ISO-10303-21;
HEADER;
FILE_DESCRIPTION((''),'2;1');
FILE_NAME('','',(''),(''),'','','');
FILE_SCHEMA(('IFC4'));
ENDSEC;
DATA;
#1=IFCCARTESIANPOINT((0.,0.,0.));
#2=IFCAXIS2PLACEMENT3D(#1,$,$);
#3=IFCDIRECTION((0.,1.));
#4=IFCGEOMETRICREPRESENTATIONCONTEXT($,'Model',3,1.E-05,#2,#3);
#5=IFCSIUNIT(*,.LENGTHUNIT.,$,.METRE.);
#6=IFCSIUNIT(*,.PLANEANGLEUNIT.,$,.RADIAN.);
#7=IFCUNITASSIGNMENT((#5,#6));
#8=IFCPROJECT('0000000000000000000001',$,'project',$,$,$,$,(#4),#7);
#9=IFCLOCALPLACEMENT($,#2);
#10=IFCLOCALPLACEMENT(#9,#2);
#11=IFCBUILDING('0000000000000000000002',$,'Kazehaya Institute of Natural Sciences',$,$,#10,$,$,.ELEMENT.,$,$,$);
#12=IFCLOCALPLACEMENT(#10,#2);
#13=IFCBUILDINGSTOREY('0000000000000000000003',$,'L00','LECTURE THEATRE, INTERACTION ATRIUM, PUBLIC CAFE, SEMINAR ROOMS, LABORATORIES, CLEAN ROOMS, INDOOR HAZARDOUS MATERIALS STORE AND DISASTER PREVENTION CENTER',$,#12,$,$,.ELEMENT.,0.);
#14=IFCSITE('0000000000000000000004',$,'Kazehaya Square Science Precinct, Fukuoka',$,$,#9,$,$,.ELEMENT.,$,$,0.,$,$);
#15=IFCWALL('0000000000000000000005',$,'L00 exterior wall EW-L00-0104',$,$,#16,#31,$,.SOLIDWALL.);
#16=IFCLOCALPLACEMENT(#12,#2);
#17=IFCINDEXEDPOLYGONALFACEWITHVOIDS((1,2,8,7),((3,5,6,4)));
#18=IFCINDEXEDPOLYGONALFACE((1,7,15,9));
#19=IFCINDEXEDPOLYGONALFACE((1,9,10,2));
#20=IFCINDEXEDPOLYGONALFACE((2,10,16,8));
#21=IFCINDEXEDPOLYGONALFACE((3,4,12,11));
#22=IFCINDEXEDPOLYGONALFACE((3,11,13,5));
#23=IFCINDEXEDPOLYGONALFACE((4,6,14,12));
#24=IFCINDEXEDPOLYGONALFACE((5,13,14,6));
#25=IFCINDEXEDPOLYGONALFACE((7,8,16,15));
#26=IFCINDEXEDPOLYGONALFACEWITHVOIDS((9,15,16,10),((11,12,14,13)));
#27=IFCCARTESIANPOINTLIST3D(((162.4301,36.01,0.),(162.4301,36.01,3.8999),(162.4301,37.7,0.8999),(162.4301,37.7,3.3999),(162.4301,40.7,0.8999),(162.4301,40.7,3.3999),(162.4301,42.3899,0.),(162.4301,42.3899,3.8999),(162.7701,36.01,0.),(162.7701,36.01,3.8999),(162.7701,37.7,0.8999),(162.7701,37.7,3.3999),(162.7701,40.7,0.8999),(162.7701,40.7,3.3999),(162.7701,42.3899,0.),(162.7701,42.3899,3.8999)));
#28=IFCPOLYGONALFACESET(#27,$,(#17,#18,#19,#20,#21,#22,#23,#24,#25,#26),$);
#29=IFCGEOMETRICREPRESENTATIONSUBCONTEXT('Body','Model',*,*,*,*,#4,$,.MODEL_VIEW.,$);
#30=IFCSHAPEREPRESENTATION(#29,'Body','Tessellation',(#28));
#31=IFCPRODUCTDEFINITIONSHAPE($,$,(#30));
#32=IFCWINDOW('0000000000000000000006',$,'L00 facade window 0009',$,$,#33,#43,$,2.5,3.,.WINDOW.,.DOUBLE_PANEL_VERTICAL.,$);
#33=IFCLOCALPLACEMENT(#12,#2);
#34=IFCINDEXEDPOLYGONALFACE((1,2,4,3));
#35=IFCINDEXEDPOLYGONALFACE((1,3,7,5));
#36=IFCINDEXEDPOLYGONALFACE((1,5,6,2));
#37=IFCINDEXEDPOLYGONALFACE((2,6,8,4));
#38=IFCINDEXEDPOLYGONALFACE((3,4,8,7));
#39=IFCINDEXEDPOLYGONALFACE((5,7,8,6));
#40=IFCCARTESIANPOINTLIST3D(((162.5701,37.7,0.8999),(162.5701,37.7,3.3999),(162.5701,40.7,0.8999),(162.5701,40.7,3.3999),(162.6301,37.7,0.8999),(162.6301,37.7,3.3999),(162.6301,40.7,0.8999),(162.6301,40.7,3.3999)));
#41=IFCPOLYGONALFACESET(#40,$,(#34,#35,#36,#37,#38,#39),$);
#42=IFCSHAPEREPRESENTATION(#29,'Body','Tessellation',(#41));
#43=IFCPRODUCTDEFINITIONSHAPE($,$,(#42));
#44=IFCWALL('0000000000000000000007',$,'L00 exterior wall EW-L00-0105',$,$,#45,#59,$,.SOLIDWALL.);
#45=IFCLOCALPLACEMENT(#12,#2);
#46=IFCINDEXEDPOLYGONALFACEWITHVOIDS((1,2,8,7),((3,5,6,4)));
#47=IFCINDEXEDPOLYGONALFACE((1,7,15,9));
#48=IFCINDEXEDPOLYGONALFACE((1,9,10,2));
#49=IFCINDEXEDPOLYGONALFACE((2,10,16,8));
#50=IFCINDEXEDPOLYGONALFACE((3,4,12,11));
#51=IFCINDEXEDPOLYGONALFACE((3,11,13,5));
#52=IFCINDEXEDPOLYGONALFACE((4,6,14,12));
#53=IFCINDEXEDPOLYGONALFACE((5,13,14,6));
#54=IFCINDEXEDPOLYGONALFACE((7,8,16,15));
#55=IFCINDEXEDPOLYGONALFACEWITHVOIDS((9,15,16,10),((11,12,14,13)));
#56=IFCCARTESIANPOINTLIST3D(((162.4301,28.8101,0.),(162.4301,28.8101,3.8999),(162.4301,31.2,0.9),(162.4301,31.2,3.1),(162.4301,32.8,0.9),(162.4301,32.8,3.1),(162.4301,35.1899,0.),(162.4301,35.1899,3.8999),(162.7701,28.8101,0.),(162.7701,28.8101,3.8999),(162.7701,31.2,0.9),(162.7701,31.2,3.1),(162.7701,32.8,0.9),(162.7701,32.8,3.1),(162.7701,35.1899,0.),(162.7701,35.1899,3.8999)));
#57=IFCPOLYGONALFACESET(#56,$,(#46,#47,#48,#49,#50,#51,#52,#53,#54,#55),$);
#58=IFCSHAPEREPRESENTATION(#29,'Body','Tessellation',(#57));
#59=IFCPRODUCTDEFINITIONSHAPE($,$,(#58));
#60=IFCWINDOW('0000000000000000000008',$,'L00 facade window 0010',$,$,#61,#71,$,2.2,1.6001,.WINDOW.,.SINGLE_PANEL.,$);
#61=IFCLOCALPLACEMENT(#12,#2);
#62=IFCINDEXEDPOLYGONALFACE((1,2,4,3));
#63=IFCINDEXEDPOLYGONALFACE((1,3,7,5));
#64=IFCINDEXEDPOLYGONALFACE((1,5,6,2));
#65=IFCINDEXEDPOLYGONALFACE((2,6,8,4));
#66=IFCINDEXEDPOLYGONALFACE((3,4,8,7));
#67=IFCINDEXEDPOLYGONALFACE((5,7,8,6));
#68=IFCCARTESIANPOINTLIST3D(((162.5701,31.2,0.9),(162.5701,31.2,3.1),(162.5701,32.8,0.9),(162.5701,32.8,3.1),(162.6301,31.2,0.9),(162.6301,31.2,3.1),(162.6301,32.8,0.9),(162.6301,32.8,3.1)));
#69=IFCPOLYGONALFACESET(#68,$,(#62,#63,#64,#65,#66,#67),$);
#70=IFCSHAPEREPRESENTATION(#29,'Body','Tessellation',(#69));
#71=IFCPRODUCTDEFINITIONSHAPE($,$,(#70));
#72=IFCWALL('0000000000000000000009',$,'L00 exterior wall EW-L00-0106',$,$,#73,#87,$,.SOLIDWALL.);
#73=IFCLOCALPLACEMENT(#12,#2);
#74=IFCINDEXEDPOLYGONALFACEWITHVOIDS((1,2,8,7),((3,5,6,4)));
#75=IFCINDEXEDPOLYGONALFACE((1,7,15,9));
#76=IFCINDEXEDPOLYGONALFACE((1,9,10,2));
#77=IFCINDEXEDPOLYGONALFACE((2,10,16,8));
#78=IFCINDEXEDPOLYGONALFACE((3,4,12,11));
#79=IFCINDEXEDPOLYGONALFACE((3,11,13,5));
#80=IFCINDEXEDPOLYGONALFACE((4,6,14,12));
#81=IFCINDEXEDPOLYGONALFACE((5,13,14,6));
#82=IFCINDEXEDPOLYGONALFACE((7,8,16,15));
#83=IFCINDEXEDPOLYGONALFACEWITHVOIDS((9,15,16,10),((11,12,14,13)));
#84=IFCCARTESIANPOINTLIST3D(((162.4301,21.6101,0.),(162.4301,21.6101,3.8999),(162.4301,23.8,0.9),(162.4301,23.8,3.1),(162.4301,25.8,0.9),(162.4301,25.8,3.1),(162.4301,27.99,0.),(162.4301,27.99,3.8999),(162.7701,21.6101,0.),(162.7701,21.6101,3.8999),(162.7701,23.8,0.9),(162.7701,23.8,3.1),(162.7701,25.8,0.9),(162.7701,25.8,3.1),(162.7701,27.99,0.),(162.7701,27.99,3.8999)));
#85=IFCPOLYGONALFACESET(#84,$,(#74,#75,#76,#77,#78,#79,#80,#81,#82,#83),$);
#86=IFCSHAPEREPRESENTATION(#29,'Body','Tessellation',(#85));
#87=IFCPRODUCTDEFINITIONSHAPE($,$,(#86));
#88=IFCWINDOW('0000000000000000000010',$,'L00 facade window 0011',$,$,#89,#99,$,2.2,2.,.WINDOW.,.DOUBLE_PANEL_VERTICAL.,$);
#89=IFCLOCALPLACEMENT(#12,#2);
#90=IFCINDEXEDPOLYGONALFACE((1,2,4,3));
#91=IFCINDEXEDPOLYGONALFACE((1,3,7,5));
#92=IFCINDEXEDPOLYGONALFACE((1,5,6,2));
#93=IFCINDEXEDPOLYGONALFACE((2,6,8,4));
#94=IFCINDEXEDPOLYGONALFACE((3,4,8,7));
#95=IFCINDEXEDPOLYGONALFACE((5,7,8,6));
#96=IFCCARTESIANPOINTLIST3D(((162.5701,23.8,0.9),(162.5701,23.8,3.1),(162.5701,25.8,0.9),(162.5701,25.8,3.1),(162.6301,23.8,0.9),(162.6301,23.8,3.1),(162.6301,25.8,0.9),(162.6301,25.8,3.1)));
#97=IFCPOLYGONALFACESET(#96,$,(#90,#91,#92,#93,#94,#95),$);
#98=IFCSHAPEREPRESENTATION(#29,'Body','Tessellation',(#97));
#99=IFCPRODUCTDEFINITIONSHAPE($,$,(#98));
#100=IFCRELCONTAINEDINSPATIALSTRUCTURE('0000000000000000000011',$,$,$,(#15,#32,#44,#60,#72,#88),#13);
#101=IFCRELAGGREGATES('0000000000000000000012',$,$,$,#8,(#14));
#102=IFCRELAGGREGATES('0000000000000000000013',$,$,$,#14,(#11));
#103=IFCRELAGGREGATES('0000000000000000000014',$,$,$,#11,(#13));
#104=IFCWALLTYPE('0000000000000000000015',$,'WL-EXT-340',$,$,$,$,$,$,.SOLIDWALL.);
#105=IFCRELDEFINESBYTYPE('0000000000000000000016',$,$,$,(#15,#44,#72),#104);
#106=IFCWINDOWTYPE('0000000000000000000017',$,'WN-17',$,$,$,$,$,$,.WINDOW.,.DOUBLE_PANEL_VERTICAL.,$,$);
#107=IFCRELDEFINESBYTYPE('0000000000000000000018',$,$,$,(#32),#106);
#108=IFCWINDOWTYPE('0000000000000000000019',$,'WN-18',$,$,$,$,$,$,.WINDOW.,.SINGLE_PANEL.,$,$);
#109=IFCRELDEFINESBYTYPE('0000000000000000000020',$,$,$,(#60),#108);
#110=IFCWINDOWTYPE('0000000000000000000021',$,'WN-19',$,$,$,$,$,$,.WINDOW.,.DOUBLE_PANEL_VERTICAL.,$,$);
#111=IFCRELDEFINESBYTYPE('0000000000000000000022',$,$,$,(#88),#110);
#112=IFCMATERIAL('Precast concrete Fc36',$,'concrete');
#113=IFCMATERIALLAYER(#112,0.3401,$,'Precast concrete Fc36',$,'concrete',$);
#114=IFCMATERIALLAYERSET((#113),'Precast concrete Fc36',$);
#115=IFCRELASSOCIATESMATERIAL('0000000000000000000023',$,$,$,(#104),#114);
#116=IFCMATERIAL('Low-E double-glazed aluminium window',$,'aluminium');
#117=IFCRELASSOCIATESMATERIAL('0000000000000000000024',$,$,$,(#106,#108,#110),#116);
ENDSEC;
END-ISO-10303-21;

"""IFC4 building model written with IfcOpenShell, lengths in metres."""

from ifc_helpers import new_model, si_unit, direction, frame, frame_2d, origin, place, context, subcontext, project, spatial, rectangle, extrude, material, layer, layer_set, type_object, element, fill, save


model = new_model("IFC4")

# Units and contexts
model_context = context("Model", 3, precision=1e-05, world=origin(), true_north=direction((0.0, 1.0)))
body_context = subcontext(model_context, "Body", "Model", "MODEL_VIEW")
ifc_project = project(units=[si_unit("LENGTHUNIT", "METRE"), si_unit("PLANEANGLEUNIT", "RADIAN")], contexts=[model_context])

# Site, building, storey
site_placement = place(None, origin())
site = spatial("IfcSite", under=ifc_project, at=site_placement, Name="Kazehaya Square Science Precinct, Fukuoka", CompositionType="ELEMENT", RefElevation=0.0)
building_placement = place(site_placement, origin())
building = spatial("IfcBuilding", under=site, at=building_placement, Name="Kazehaya Institute of Natural Sciences", CompositionType="ELEMENT")
storey_placement = place(building_placement, origin())
storey = spatial("IfcBuildingStorey", under=building, at=storey_placement, Name="L00", Description="LECTURE THEATRE, INTERACTION ATRIUM, PUBLIC CAFE, SEMINAR ROOMS, LABORATORIES, CLEAN ROOMS, INDOOR HAZARDOUS MATERIALS STORE AND DISASTER PREVENTION CENTER", CompositionType="ELEMENT", Elevation=0.0)

# Walls, openings, windows
ifc_material_1 = material(Name="Precast concrete Fc36", Category="concrete")
ifc_layer = layer(ifc_material_1, 0.3401, Name="Precast concrete Fc36", Category="concrete")
ifc_layer_set = layer_set([ifc_layer], Name="Precast concrete Fc36")
wall_type = type_object("IfcWallType", Name="WL-EXT-340", PredefinedType="SOLIDWALL", material=ifc_layer_set)
wall_1_placement = place(storey_placement, frame((162.6001, 42.3899, 0.0), z_axis=(0.0, 0.0, 1.0), x_axis=(0.0, -1.0, 0.0)))
wall_1 = element("IfcWall", 1, at=wall_1_placement, inside=storey, type_object=wall_type, Name="L00 exterior wall EW-L00-0104", PredefinedType="SOLIDWALL", context=body_context, shape_type="SweptSolid", body=[
    extrude(rectangle(XDim=6.3799, YDim=0.3401, at=frame_2d((3.1899, 0.0))), origin(), (0.0, 0.0, 1.0), 3.8999),
])
opening_1_placement = place(wall_1_placement, frame((1.6899, 0.0, 0.8999)))
opening_1 = element("IfcOpeningElement", 2, at=opening_1_placement, cuts=wall_1, PredefinedType="OPENING", context=body_context, shape_type="SweptSolid", body=[
    extrude(rectangle(XDim=3.0, YDim=2.5, at=frame_2d((1.5, 1.25))), frame((0.0, 0.1799, 0.0), z_axis=(0.0, -1.0, 0.0), x_axis=(1.0, 0.0, 0.0)), (0.0, 0.0, 1.0), 0.3601),
])
ifc_material_2 = material(Name="Low-E double-glazed aluminium window", Category="aluminium")
window_type_1 = type_object("IfcWindowType", Name="WN-17", PartitioningType="DOUBLE_PANEL_VERTICAL", PredefinedType="WINDOW", material=ifc_material_2)
window_1_placement = place(opening_1_placement, origin())
window_1 = element("IfcWindow", 3, at=window_1_placement, inside=storey, type_object=window_type_1, Name="L00 facade window 0009", OverallHeight=2.5, OverallWidth=3.0, PartitioningType="DOUBLE_PANEL_VERTICAL", PredefinedType="WINDOW", context=body_context, shape_type="SweptSolid", body=[
    extrude(rectangle(XDim=3.0, YDim=2.5, at=frame_2d((1.5, 1.25))), frame((0.0, 0.03, 0.0), z_axis=(0.0, -1.0, 0.0), x_axis=(1.0, 0.0, 0.0)), (0.0, 0.0, 1.0), 0.0601),
])
fill(opening_1, window_1)
wall_2_placement = place(storey_placement, frame((162.6001, 35.1899, 0.0), z_axis=(0.0, 0.0, 1.0), x_axis=(0.0, -1.0, 0.0)))
wall_2 = element("IfcWall", 4, at=wall_2_placement, inside=storey, type_object=wall_type, Name="L00 exterior wall EW-L00-0105", PredefinedType="SOLIDWALL", context=body_context, shape_type="SweptSolid", body=[
    extrude(rectangle(XDim=6.3799, YDim=0.3401, at=frame_2d((3.1899, 0.0))), origin(), (0.0, 0.0, 1.0), 3.8999),
])
opening_2_placement = place(wall_2_placement, frame((2.3899, 0.0, 0.8999)))
opening_2 = element("IfcOpeningElement", 5, at=opening_2_placement, cuts=wall_2, PredefinedType="OPENING", context=body_context, shape_type="SweptSolid", body=[
    extrude(rectangle(XDim=1.6001, YDim=2.2, at=frame_2d((0.8, 1.1001))), frame((0.0, 0.1799, 0.0), z_axis=(0.0, -1.0, 0.0), x_axis=(1.0, 0.0, 0.0)), (0.0, 0.0, 1.0), 0.3601),
])
window_type_2 = type_object("IfcWindowType", Name="WN-18", PartitioningType="SINGLE_PANEL", PredefinedType="WINDOW", material=ifc_material_2)
window_2_placement = place(opening_2_placement, origin())
window_2 = element("IfcWindow", 6, at=window_2_placement, inside=storey, type_object=window_type_2, Name="L00 facade window 0010", OverallHeight=2.2, OverallWidth=1.6001, PartitioningType="SINGLE_PANEL", PredefinedType="WINDOW", context=body_context, shape_type="SweptSolid", body=[
    extrude(rectangle(XDim=1.6001, YDim=2.2, at=frame_2d((0.8, 1.1001))), frame((0.0, 0.03, 0.0), z_axis=(0.0, -1.0, 0.0), x_axis=(1.0, 0.0, 0.0)), (0.0, 0.0, 1.0), 0.0601),
])
fill(opening_2, window_2)
wall_3_placement = place(storey_placement, frame((162.6001, 27.99, 0.0), z_axis=(0.0, 0.0, 1.0), x_axis=(0.0, -1.0, 0.0)))
wall_3 = element("IfcWall", 7, at=wall_3_placement, inside=storey, type_object=wall_type, Name="L00 exterior wall EW-L00-0106", PredefinedType="SOLIDWALL", context=body_context, shape_type="SweptSolid", body=[
    extrude(rectangle(XDim=6.3799, YDim=0.3401, at=frame_2d((3.1899, 0.0))), origin(), (0.0, 0.0, 1.0), 3.8999),
])
opening_3_placement = place(wall_3_placement, frame((2.1899, 0.0, 0.8999)))
opening_3 = element("IfcOpeningElement", 8, at=opening_3_placement, cuts=wall_3, PredefinedType="OPENING", context=body_context, shape_type="SweptSolid", body=[
    extrude(rectangle(XDim=2.0, YDim=2.2, at=frame_2d((1.0, 1.1001))), frame((0.0, 0.1799, 0.0), z_axis=(0.0, -1.0, 0.0), x_axis=(1.0, 0.0, 0.0)), (0.0, 0.0, 1.0), 0.3601),
])
window_type_3 = type_object("IfcWindowType", Name="WN-19", PartitioningType="DOUBLE_PANEL_VERTICAL", PredefinedType="WINDOW", material=ifc_material_2)
window_3_placement = place(opening_3_placement, origin())
window_3 = element("IfcWindow", 9, at=window_3_placement, inside=storey, type_object=window_type_3, Name="L00 facade window 0011", OverallHeight=2.2, OverallWidth=2.0, PartitioningType="DOUBLE_PANEL_VERTICAL", PredefinedType="WINDOW", context=body_context, shape_type="SweptSolid", body=[
    extrude(rectangle(XDim=2.0, YDim=2.2, at=frame_2d((1.0, 1.1001))), frame((0.0, 0.03, 0.0), z_axis=(0.0, -1.0, 0.0), x_axis=(1.0, 0.0, 0.0)), (0.0, 0.0, 1.0), 0.0601),
])
fill(opening_3, window_3)

save(model, "model.ifc")
